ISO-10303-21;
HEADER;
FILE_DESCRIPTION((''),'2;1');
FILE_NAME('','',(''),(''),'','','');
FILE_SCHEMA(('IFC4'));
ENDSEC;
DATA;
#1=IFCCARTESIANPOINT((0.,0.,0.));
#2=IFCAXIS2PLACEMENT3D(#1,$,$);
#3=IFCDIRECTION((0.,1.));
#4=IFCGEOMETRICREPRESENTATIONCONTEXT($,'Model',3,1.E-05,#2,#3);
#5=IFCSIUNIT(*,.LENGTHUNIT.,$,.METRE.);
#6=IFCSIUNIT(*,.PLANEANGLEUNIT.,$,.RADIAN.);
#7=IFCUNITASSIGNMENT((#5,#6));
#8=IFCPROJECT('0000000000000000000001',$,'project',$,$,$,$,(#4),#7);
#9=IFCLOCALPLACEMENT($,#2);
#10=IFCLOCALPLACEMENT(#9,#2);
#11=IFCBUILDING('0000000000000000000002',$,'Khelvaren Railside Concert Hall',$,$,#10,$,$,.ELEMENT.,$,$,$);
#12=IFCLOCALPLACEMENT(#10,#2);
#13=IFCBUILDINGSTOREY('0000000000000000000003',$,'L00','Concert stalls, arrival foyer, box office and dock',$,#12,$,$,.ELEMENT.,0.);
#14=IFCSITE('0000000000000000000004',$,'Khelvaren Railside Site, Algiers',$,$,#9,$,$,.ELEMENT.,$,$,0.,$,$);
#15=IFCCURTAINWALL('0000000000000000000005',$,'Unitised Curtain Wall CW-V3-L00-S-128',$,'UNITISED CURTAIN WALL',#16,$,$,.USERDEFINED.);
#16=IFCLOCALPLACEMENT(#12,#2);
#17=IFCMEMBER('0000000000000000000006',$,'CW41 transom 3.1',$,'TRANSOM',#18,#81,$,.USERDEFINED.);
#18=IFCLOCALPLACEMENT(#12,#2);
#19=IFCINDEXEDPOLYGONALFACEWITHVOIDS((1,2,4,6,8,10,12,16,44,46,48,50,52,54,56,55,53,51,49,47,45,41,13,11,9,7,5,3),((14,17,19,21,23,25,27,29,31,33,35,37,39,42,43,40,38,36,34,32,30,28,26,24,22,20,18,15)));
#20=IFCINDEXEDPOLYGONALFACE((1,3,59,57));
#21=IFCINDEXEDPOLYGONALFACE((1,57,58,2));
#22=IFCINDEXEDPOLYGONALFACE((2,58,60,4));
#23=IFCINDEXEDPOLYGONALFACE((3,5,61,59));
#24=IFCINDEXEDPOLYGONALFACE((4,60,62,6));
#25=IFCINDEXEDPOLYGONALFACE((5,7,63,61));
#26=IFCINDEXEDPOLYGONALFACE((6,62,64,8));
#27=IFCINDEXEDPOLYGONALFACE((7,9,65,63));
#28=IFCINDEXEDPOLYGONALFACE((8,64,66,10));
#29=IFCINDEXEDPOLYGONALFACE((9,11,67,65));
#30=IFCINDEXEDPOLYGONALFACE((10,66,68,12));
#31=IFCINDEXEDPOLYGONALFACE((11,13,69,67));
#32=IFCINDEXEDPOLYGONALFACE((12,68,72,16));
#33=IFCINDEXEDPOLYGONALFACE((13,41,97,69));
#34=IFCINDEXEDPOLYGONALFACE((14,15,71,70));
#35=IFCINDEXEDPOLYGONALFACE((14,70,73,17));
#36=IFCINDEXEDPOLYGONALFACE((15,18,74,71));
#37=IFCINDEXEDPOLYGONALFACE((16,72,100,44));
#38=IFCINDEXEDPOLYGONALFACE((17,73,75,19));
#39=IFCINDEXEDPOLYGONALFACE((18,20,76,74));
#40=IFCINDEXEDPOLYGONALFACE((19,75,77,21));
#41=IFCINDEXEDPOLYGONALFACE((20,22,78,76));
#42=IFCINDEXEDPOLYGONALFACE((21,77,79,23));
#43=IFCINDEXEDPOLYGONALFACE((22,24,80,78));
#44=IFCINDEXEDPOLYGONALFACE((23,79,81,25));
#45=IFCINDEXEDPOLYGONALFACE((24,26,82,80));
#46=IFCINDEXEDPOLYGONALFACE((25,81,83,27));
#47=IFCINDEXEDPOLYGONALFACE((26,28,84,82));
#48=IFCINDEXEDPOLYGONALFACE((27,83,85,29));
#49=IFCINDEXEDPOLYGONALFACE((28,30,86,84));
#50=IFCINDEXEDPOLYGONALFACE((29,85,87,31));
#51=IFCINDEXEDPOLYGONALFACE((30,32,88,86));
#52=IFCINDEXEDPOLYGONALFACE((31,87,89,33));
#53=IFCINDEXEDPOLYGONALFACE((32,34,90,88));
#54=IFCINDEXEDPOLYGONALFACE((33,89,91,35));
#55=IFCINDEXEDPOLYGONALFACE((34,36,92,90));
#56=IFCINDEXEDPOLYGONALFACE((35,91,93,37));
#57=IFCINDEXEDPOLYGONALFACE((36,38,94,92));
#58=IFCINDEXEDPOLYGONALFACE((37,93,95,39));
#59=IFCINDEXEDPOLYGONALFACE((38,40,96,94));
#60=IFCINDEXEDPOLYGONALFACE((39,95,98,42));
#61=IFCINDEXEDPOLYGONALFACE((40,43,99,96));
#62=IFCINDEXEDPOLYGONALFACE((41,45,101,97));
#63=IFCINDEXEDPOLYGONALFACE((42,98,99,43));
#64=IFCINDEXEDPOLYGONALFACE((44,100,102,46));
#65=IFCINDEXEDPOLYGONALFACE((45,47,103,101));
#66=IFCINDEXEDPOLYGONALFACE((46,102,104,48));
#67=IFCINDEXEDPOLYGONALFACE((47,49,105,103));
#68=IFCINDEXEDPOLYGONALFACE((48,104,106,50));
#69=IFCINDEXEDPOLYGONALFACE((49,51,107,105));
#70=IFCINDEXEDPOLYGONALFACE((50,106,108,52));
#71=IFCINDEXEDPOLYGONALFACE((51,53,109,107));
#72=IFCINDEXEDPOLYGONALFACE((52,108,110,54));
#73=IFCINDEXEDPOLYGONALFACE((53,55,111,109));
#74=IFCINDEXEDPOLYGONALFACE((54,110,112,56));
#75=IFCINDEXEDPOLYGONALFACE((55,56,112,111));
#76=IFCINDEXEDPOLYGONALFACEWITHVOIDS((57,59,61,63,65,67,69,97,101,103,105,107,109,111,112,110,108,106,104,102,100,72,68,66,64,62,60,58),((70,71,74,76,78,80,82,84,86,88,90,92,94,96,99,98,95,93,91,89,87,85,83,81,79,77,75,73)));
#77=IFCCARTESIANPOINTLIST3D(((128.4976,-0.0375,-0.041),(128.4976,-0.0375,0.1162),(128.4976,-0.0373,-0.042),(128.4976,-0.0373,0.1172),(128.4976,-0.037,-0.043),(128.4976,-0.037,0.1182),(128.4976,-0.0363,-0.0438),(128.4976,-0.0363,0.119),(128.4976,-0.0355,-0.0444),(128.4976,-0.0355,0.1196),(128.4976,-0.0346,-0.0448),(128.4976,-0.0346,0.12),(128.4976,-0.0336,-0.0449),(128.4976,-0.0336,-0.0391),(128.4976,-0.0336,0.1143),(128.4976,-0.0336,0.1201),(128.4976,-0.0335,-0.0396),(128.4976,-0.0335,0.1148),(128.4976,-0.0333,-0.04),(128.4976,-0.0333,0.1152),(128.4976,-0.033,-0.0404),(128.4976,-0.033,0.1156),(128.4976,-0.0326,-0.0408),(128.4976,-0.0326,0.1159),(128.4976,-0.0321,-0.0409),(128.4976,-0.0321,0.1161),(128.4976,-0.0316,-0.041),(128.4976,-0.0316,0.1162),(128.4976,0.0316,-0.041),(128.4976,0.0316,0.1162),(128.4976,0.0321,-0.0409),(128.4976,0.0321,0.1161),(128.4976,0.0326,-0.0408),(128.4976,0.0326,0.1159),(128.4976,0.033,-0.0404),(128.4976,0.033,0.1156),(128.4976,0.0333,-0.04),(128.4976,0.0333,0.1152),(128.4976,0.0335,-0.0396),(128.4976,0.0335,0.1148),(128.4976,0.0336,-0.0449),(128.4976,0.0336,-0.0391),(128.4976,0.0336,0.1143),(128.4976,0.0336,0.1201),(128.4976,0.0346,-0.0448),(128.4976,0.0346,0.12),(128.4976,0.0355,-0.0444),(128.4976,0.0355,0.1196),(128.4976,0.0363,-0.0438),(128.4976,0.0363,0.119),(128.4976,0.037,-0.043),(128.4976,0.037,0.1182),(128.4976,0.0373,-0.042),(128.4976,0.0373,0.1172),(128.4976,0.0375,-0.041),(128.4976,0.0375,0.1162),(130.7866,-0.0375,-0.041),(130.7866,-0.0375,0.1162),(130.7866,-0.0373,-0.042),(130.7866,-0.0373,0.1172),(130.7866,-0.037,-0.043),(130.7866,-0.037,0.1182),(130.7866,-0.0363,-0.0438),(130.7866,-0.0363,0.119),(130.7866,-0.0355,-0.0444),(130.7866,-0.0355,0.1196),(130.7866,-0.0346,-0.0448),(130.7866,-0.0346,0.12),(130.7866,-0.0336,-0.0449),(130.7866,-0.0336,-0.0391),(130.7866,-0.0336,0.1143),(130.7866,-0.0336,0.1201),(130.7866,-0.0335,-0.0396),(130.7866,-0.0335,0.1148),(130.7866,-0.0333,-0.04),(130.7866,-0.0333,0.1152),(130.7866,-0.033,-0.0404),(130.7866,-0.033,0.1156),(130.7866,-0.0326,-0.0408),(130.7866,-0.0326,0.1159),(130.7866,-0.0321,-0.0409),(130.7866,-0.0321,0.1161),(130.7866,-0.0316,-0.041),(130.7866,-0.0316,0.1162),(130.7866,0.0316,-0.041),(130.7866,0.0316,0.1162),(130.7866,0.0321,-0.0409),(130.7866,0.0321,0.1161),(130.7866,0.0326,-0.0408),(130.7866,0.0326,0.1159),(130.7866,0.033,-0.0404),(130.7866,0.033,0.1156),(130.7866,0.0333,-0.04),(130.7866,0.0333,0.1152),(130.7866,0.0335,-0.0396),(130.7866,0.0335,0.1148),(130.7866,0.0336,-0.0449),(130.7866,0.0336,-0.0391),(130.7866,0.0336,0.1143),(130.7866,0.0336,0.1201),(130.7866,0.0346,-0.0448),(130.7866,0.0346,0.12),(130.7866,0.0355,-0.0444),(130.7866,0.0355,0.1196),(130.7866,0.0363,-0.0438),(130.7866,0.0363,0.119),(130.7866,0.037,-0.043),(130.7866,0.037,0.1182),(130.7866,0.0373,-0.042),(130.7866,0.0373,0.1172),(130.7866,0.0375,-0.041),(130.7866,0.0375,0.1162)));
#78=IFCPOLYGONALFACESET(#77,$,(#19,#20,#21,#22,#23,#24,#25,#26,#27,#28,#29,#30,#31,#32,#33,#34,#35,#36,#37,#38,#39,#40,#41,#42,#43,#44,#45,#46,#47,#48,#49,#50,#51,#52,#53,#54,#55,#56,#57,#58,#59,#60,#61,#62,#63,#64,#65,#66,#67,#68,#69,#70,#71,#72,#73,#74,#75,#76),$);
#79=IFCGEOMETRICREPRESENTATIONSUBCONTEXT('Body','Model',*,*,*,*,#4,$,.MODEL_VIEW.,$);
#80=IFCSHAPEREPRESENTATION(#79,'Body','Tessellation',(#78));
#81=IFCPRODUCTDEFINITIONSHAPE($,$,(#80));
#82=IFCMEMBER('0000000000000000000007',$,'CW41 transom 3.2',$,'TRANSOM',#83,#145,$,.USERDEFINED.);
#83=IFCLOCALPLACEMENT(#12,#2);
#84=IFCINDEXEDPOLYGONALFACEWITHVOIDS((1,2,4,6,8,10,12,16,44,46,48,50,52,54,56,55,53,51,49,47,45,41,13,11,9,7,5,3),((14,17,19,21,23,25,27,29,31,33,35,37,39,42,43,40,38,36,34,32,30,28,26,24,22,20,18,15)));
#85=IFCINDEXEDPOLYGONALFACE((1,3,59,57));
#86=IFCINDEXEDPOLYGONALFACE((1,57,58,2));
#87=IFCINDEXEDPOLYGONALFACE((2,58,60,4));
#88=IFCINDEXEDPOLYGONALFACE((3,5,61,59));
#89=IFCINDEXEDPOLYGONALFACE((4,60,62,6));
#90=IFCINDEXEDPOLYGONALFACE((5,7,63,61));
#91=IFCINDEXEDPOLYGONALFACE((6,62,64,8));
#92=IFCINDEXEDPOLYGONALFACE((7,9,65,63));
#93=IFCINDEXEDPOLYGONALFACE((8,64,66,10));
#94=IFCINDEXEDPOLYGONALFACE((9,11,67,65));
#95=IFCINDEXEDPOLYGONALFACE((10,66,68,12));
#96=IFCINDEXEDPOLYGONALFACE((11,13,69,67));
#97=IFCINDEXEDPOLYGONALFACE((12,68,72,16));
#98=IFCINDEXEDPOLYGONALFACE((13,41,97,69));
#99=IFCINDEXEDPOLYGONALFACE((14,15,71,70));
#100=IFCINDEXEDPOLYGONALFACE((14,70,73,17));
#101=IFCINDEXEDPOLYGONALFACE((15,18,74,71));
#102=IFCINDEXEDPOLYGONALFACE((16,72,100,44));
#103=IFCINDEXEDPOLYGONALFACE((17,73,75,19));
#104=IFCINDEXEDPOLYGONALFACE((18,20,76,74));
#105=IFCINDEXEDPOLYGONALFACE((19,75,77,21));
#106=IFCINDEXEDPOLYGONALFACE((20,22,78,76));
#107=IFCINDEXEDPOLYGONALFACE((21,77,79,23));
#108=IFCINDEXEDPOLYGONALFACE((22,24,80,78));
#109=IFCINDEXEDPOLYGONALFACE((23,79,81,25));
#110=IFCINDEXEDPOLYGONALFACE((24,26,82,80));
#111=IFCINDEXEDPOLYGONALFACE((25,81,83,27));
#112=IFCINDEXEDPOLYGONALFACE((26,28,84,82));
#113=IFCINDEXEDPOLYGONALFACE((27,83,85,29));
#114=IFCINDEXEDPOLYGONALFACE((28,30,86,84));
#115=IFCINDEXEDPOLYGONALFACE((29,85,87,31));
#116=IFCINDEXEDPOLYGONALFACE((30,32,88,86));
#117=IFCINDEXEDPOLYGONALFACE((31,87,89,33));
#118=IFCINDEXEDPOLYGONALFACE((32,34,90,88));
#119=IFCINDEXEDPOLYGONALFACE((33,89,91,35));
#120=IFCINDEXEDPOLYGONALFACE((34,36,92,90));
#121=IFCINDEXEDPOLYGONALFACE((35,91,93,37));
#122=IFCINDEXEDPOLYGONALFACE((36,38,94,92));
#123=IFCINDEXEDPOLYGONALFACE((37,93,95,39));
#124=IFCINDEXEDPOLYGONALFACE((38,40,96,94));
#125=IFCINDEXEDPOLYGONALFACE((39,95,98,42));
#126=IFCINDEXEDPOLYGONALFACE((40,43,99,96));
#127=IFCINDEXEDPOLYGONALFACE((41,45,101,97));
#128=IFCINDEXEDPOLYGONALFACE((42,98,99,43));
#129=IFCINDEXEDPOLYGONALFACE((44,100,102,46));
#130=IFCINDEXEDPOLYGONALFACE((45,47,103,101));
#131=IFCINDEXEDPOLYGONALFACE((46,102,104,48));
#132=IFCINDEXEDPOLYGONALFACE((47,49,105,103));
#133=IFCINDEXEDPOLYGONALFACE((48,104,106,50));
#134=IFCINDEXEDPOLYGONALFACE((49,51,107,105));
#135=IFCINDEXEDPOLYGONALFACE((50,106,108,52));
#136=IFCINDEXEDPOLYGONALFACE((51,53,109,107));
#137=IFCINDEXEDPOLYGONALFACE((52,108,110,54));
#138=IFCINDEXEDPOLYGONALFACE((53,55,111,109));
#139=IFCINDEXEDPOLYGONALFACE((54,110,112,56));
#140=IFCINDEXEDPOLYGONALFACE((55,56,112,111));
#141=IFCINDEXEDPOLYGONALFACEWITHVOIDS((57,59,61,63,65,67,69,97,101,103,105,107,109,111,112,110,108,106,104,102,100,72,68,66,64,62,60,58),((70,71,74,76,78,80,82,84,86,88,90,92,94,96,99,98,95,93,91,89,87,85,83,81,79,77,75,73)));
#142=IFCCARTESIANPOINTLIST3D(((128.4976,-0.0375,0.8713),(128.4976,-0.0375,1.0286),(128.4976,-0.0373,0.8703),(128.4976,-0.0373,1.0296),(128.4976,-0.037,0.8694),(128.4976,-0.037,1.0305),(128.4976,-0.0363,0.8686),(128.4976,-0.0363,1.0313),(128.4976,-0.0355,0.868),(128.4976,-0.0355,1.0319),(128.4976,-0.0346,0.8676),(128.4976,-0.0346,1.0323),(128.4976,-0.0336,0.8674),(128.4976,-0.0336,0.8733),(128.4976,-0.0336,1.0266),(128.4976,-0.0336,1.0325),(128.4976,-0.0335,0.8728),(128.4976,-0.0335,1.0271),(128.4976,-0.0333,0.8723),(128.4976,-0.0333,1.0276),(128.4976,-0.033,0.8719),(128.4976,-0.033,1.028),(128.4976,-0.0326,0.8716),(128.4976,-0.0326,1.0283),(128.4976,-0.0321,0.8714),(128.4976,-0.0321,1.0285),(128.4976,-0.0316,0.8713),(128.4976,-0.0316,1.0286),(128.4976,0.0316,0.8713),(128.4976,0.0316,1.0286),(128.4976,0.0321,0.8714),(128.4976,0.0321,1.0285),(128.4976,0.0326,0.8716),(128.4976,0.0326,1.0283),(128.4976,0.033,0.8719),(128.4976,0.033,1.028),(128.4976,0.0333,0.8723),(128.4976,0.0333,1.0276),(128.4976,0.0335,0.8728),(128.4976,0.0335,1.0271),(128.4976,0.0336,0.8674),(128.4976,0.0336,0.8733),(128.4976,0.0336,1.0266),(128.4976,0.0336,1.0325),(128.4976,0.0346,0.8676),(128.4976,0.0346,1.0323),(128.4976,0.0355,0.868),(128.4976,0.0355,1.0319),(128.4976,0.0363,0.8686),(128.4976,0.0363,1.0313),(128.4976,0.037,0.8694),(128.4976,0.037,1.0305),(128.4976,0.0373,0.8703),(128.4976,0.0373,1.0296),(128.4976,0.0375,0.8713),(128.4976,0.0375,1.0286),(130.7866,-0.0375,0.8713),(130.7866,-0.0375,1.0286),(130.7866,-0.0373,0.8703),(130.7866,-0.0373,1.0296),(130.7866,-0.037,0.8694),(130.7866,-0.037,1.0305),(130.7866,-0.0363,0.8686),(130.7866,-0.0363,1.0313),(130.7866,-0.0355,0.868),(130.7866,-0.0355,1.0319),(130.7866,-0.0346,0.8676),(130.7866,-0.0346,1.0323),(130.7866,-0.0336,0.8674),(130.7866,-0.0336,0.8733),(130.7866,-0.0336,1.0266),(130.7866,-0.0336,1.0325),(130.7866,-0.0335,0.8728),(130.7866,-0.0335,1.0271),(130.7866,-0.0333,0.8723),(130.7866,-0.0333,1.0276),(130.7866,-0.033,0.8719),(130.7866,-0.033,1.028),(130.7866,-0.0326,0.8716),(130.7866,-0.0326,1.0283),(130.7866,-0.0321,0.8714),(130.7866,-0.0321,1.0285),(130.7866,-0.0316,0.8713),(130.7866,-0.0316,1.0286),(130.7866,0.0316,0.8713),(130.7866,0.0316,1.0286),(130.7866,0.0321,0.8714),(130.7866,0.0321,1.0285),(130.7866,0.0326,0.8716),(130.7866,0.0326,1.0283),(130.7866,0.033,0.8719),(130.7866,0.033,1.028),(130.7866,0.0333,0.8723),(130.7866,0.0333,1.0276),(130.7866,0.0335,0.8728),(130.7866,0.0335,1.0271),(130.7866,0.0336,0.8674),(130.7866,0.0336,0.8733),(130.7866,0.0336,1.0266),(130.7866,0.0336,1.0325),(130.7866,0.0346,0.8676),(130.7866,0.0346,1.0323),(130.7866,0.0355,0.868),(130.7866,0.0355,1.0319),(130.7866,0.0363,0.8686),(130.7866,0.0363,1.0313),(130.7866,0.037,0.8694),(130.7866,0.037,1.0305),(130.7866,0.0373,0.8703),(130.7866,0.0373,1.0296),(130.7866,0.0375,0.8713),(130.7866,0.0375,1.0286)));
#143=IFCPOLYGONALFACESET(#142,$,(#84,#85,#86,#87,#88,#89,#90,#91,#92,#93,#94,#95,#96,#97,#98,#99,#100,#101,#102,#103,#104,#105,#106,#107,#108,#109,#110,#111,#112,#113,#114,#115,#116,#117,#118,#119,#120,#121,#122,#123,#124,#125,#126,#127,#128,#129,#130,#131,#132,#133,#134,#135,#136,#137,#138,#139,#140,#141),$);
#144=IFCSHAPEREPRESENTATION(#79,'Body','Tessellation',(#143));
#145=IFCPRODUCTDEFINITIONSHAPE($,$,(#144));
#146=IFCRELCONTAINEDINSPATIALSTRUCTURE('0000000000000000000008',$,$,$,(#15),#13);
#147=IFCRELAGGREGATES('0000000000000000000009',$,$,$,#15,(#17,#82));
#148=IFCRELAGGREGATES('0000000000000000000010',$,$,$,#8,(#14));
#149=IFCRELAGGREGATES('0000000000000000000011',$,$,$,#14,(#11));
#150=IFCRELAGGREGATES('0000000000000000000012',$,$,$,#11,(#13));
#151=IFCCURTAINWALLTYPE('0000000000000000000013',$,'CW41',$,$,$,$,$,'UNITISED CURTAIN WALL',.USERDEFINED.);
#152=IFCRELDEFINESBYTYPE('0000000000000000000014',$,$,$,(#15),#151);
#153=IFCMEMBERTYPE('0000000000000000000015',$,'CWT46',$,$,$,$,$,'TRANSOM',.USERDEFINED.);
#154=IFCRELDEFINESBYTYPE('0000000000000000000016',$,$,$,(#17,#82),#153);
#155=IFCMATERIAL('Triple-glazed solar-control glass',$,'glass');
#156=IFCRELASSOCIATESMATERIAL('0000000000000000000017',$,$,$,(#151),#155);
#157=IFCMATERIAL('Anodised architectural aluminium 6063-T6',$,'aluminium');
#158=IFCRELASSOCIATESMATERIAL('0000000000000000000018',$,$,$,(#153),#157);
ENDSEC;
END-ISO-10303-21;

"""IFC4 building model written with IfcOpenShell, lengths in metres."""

from ifc_helpers import new_model, si_unit, direction, frame, origin, origin_2d, place, context, subcontext, project, spatial, hollow_rectangle, extrude, material, material_profile, profile_set, type_object, element, aggregate, save


model = new_model("IFC4")

# Units and contexts
model_context = context("Model", 3, precision=1e-05, world=origin(), true_north=direction((0.0, 1.0)))
body_context = subcontext(model_context, "Body", "Model", "MODEL_VIEW")
ifc_project = project(units=[si_unit("LENGTHUNIT", "METRE"), si_unit("PLANEANGLEUNIT", "RADIAN")], contexts=[model_context])

# Site, building, storey
site_placement = place(None, origin())
site = spatial("IfcSite", under=ifc_project, at=site_placement, Name="Khelvaren Railside Site, Algiers", CompositionType="ELEMENT", RefElevation=0.0)
building_placement = place(site_placement, origin())
building = spatial("IfcBuilding", under=site, at=building_placement, Name="Khelvaren Railside Concert Hall", CompositionType="ELEMENT")
storey_placement = place(building_placement, origin())
storey = spatial("IfcBuildingStorey", under=building, at=storey_placement, Name="L00", Description="Concert stalls, arrival foyer, box office and dock", CompositionType="ELEMENT", Elevation=0.0)

# Curtain wall, members
ifc_material_1 = material(Name="Triple-glazed solar-control glass", Category="glass")
curtain_wall_type = type_object("IfcCurtainWallType", Name="CW41", ElementType="UNITISED CURTAIN WALL", PredefinedType="USERDEFINED", material=ifc_material_1)
curtain_wall_placement = place(storey_placement, origin())
curtain_wall = element("IfcCurtainWall", 1, at=curtain_wall_placement, inside=storey, type_object=curtain_wall_type, Name="Unitised Curtain Wall CW-V3-L00-S-128", ObjectType="UNITISED CURTAIN WALL", PredefinedType="USERDEFINED")
ifc_material_2 = material(Name="Anodised architectural aluminium 6063-T6", Category="aluminium")
ifc_material_profile_1 = material_profile(ifc_material_2, hollow_rectangle(XDim=0.075, YDim=0.165, WallThickness=0.0039, InnerFilletRadius=0.002, OuterFilletRadius=0.0039, at=origin_2d()), Name="CWT 75x165x4")
ifc_profile_set_1 = profile_set([ifc_material_profile_1], Name="Anodised architectural aluminium 6063-T6")
member_type_1 = type_object("IfcMemberType", Name="CWT46", ElementType="TRANSOM", PredefinedType="USERDEFINED", material=ifc_profile_set_1)
member_1_placement = place(storey_placement, frame((130.7866, 0.0, 0.0376), z_axis=(-1.0, 0.0, 0.0), x_axis=(0.0, -1.0, 0.0)))
member_1 = element("IfcMember", 2, at=member_1_placement, type_object=member_type_1, Name="CW41 transom 3.1", ObjectType="TRANSOM", PredefinedType="USERDEFINED", context=body_context, shape_type="SweptSolid", body=[
    extrude(hollow_rectangle(XDim=0.075, YDim=0.165, WallThickness=0.0039, InnerFilletRadius=0.002, OuterFilletRadius=0.0039, at=origin_2d()), origin(), (0.0, 0.0, 1.0), 2.2891),
])
member_2_placement = place(storey_placement, frame((130.7866, 0.0, 0.95), z_axis=(-1.0, 0.0, 0.0), x_axis=(0.0, -1.0, 0.0)))
member_2 = element("IfcMember", 3, at=member_2_placement, type_object=member_type_1, Name="CW41 transom 3.2", ObjectType="TRANSOM", PredefinedType="USERDEFINED", context=body_context, shape_type="SweptSolid", body=[
    extrude(hollow_rectangle(XDim=0.075, YDim=0.165, WallThickness=0.0039, InnerFilletRadius=0.002, OuterFilletRadius=0.0039, at=origin_2d()), origin(), (0.0, 0.0, 1.0), 2.2891),
])

aggregate(curtain_wall, [member_1, member_2])

save(model, "model.ifc")
